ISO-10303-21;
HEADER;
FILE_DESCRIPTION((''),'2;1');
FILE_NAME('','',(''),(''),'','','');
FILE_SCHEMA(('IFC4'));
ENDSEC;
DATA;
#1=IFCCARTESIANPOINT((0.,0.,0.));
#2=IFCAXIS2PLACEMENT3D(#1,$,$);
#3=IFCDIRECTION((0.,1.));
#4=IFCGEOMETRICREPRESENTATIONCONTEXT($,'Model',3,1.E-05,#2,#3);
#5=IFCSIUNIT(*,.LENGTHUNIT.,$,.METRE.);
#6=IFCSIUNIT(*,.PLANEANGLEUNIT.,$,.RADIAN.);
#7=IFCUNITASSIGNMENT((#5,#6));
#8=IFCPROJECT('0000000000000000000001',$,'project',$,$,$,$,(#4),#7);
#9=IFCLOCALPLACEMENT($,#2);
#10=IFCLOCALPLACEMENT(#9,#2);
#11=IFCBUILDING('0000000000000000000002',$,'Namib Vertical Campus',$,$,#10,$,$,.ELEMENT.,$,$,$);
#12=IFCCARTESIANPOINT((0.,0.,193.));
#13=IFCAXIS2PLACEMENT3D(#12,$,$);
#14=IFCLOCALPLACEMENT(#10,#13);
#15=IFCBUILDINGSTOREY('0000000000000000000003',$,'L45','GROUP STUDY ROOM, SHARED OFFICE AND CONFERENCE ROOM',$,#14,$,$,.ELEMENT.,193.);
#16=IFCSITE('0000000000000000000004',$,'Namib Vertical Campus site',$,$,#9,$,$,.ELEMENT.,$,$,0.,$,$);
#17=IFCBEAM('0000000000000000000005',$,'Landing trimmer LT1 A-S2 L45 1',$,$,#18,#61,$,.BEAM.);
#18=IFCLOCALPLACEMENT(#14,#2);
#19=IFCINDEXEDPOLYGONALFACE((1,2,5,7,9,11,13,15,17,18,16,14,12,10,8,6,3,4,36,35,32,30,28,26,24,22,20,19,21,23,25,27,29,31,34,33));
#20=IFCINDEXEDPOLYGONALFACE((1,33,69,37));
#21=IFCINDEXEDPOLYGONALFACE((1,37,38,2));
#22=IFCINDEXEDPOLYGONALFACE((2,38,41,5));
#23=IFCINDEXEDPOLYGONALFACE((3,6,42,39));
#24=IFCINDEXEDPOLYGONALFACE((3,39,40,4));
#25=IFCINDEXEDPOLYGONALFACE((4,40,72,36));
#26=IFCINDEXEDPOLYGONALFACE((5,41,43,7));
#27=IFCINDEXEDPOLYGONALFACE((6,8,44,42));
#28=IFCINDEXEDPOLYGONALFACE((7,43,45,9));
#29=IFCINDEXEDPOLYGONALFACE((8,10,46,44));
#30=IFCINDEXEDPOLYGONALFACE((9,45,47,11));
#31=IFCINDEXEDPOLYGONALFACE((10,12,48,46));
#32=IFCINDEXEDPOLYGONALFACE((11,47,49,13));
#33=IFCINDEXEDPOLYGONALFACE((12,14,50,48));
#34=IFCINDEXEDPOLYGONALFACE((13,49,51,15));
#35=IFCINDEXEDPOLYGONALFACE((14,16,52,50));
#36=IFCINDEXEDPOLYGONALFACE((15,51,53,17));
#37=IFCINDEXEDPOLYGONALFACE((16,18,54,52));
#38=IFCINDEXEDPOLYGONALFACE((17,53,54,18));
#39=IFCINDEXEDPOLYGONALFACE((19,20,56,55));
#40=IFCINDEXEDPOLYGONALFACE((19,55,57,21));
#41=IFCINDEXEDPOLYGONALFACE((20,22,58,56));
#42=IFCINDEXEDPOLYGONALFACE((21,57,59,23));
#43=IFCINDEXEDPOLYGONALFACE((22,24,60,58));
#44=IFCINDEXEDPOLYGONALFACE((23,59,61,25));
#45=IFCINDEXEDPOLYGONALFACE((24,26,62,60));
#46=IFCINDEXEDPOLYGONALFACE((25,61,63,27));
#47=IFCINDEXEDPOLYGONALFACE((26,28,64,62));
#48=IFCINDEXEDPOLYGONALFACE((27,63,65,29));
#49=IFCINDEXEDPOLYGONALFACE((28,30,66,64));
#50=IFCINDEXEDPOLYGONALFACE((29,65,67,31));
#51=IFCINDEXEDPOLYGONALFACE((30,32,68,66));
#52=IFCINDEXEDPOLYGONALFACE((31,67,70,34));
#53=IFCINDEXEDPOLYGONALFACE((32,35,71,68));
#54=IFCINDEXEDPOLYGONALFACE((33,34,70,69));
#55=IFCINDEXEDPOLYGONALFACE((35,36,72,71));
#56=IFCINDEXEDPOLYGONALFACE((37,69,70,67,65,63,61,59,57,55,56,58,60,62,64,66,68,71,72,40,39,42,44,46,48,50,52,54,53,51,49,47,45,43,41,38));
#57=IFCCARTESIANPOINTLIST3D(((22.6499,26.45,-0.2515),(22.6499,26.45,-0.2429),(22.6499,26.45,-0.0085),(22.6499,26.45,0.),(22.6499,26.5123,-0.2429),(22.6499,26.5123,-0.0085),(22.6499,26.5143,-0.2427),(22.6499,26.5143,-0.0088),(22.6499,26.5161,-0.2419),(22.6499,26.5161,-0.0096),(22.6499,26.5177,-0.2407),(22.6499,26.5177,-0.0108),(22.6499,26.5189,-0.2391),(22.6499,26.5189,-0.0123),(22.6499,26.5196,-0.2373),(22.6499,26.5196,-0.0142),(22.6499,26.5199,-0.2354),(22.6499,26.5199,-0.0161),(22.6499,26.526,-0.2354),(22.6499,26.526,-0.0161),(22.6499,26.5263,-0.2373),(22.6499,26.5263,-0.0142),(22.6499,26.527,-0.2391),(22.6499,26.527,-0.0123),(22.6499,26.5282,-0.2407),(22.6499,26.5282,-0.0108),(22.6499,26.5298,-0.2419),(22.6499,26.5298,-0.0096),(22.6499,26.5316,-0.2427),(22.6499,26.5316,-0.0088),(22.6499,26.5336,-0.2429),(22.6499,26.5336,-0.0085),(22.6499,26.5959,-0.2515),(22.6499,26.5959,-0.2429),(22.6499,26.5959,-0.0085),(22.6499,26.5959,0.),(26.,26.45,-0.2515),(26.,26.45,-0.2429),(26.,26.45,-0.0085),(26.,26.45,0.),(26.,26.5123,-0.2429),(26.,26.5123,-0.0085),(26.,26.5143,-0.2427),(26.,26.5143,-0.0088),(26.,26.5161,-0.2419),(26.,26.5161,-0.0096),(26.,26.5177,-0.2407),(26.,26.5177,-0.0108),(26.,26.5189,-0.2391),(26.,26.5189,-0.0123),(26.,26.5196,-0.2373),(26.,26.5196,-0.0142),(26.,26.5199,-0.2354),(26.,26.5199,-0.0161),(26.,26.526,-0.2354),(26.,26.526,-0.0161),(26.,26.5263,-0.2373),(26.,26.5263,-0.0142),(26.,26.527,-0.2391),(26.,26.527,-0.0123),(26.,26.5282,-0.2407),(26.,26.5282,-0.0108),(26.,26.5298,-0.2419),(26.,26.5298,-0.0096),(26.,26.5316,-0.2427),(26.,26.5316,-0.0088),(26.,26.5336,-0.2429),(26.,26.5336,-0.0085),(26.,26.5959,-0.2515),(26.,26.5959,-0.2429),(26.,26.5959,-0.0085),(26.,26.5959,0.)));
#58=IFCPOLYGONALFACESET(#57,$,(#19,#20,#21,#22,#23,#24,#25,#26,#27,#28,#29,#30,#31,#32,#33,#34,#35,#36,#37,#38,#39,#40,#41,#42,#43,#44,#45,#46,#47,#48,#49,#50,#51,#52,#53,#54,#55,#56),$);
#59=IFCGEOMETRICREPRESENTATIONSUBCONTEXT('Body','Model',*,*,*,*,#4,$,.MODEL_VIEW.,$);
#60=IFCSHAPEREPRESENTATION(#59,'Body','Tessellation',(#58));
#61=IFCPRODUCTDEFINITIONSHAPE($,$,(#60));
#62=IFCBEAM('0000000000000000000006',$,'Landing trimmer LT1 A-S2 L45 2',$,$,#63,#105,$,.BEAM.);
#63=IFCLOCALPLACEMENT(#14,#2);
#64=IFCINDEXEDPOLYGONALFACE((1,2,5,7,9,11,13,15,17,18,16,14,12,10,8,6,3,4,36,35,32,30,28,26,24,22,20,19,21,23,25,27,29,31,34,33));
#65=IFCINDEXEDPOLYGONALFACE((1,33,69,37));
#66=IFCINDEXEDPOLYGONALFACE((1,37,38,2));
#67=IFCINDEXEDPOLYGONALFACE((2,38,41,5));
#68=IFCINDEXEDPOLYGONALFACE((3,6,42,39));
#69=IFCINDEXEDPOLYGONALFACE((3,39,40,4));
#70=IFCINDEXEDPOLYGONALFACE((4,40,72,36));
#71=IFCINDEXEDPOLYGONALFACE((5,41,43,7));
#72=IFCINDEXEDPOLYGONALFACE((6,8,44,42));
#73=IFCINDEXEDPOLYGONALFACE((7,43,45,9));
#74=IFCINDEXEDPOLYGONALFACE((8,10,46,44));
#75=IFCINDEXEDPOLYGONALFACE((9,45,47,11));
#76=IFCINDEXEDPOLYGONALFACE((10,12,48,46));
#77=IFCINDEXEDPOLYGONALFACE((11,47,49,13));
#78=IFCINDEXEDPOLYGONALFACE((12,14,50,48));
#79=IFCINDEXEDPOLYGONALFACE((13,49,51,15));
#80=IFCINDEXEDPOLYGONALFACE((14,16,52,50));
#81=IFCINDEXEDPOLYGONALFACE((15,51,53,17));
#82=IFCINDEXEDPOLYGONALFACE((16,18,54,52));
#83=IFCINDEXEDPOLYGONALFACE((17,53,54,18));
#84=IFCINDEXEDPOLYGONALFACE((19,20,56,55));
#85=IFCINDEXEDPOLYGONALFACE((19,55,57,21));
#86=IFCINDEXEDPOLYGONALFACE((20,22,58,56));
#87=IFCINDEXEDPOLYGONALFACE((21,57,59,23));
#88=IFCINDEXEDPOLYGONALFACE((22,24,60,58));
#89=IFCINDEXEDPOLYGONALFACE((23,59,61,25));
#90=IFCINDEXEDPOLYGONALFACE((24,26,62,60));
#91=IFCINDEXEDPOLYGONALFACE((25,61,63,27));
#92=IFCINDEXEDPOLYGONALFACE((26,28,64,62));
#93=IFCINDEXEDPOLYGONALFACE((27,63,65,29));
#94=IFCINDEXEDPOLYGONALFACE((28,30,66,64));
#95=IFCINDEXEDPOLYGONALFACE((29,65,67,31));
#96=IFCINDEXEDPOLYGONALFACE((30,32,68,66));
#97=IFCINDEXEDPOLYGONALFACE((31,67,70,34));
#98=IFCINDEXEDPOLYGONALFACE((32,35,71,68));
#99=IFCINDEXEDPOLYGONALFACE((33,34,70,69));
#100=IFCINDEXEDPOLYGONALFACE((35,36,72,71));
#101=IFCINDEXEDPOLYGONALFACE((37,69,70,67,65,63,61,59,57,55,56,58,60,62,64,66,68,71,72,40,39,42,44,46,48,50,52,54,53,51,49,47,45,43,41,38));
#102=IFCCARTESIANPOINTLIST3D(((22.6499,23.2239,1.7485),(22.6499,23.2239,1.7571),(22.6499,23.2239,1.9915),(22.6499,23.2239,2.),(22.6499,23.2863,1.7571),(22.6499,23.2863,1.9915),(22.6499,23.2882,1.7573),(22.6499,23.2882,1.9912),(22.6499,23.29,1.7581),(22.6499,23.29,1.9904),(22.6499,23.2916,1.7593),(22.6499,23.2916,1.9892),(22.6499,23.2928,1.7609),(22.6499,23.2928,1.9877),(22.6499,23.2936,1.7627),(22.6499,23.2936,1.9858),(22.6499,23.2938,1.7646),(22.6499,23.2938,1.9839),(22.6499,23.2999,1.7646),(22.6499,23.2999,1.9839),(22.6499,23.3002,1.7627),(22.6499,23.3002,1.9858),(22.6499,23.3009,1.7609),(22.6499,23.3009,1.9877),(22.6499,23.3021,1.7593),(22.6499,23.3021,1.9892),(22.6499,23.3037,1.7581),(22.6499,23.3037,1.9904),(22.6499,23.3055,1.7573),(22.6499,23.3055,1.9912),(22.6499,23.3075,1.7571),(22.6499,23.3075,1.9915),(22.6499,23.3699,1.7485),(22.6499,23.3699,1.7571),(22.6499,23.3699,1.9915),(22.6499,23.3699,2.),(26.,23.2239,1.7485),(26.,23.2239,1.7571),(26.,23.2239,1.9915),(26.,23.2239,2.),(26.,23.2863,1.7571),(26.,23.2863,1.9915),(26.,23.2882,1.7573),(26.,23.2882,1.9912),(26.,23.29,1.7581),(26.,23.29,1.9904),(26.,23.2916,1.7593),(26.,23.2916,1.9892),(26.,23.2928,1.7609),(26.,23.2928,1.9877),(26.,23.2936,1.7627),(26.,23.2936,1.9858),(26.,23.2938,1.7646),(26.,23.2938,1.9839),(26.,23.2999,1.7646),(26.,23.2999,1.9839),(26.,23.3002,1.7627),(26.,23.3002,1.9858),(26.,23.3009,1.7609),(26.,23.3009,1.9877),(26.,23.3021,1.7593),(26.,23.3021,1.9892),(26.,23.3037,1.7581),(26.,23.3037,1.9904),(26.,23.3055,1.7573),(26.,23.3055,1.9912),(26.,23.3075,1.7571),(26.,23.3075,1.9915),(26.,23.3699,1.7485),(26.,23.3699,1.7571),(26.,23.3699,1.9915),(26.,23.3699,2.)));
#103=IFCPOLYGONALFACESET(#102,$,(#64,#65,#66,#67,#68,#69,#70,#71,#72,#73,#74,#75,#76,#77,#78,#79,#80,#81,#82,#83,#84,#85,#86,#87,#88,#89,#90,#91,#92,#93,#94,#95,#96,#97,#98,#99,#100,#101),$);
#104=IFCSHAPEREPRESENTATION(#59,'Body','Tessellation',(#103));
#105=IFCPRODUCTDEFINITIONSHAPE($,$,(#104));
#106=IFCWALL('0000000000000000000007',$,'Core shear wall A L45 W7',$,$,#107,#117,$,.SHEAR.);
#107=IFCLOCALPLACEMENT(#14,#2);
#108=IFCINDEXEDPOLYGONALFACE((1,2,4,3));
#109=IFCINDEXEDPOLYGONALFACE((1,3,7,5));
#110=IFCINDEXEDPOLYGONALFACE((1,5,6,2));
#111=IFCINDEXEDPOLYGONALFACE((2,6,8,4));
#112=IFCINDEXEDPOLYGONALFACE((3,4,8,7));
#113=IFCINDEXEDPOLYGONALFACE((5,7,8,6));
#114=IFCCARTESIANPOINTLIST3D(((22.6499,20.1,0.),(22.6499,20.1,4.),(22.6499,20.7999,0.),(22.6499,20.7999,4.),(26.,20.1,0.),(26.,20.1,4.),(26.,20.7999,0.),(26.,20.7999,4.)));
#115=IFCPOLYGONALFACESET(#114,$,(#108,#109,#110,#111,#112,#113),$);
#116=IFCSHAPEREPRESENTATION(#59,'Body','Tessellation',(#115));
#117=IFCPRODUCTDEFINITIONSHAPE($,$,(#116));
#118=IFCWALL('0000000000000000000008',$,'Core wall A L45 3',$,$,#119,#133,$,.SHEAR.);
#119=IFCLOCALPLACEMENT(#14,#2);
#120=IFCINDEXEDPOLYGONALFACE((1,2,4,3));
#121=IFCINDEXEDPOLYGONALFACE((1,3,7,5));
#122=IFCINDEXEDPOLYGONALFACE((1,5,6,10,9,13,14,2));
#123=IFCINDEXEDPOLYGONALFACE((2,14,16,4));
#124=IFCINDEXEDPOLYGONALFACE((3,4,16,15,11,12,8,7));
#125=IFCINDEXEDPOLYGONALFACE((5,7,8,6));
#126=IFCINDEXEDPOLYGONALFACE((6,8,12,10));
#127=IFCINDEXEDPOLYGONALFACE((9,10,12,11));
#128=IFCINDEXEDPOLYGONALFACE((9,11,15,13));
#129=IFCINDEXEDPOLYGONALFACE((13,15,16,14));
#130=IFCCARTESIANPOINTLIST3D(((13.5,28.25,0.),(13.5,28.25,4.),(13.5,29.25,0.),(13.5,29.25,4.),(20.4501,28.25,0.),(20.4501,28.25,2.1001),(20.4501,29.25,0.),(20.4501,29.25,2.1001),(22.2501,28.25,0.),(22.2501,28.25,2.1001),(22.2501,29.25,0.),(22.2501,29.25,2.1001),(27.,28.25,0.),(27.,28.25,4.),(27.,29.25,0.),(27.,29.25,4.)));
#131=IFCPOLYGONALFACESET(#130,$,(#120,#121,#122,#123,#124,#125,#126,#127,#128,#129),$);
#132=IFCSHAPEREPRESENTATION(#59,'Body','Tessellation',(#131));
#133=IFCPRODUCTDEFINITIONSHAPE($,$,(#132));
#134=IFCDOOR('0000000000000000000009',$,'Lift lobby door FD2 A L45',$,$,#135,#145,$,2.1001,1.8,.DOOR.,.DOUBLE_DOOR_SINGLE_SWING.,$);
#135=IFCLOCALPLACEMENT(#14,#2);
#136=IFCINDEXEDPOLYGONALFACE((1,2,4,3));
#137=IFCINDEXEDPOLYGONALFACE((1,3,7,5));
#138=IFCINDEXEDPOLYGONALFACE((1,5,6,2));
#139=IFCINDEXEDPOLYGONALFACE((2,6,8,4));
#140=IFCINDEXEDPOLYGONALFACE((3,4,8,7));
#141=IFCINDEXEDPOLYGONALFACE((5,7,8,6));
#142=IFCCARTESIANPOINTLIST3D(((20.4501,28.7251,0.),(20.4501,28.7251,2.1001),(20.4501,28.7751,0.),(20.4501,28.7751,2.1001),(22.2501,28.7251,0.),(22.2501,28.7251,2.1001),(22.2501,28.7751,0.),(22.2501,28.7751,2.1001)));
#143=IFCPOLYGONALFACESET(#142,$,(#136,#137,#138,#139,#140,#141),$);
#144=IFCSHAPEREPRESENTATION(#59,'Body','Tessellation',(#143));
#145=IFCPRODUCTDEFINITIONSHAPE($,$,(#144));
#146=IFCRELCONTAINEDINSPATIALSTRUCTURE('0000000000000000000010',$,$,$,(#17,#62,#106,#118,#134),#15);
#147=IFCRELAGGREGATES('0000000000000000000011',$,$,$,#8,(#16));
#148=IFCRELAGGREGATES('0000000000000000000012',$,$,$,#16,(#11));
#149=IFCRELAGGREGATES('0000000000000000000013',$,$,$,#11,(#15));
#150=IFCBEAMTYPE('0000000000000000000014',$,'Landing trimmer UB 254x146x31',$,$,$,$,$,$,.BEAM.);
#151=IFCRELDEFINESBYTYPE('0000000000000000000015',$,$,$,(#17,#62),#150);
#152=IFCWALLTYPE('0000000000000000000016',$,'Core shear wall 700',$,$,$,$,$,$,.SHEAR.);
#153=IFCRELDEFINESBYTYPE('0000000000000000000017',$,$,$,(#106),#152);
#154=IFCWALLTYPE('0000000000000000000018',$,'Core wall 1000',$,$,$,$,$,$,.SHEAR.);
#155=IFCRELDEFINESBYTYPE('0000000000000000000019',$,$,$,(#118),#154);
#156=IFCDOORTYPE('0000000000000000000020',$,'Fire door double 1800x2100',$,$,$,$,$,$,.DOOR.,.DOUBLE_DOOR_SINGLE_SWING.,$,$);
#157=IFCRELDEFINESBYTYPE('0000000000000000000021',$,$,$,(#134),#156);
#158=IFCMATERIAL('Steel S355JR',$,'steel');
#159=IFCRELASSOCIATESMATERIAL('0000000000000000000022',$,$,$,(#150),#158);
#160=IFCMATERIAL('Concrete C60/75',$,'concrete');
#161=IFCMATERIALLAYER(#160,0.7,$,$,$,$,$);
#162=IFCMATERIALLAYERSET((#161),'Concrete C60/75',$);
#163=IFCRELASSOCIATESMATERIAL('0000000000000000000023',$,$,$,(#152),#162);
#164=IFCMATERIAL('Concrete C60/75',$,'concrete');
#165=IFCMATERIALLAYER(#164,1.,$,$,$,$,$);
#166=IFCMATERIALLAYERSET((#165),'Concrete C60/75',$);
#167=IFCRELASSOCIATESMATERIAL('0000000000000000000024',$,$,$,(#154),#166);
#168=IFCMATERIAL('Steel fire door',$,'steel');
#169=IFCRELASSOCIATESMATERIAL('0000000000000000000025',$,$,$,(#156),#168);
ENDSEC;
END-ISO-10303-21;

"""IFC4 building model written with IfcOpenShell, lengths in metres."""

from ifc_helpers import new_model, si_unit, direction, frame, frame_2d, origin, origin_2d, place, context, subcontext, project, spatial, rectangle, i_section, extrude, material, layer, layer_set, material_profile, profile_set, type_object, element, fill, save


model = new_model("IFC4")

# Units and contexts
model_context = context("Model", 3, precision=1e-05, world=origin(), true_north=direction((0.0, 1.0)))
body_context = subcontext(model_context, "Body", "Model", "MODEL_VIEW")
ifc_project = project(units=[si_unit("LENGTHUNIT", "METRE"), si_unit("PLANEANGLEUNIT", "RADIAN")], contexts=[model_context])

# Site, building, storey
site_placement = place(None, origin())
site = spatial("IfcSite", under=ifc_project, at=site_placement, Name="Namib Vertical Campus site", CompositionType="ELEMENT", RefElevation=0.0)
building_placement = place(site_placement, origin())
building = spatial("IfcBuilding", under=site, at=building_placement, Name="Namib Vertical Campus", CompositionType="ELEMENT")
storey_placement = place(building_placement, frame((0.0, 0.0, 193.0)))
storey = spatial("IfcBuildingStorey", under=building, at=storey_placement, Name="L45", Description="GROUP STUDY ROOM, SHARED OFFICE AND CONFERENCE ROOM", CompositionType="ELEMENT", Elevation=193.0)

# Beams
ifc_material_1 = material(Name="Steel S355JR", Category="steel")
ifc_material_profile = material_profile(ifc_material_1, i_section(OverallWidth=0.146, OverallDepth=0.2515, WebThickness=0.0061, FlangeThickness=0.0085, FilletRadius=0.0076, at=origin_2d()))
ifc_profile_set = profile_set([ifc_material_profile], Name="Steel S355JR")
beam_type = type_object("IfcBeamType", Name="Landing trimmer UB 254x146x31", PredefinedType="BEAM", material=ifc_profile_set)
for number, where, z_axis, x_axis, name in (
    (1, (22.6499, 26.5229, -0.1257), (1.0, 0.0, 0.0), (0.0, 1.0, 0.0), "Landing trimmer LT1 A-S2 L45 1"),
    (2, (22.6499, 23.2969, 1.8743), (1.0, 0.0, 0.0), (0.0, 1.0, 0.0), "Landing trimmer LT1 A-S2 L45 2"),
):
    element("IfcBeam", number, at=place(storey_placement, frame(where, z_axis=z_axis, x_axis=x_axis)), inside=storey, type_object=beam_type, Name=name, PredefinedType="BEAM", context=body_context, shape_type="SweptSolid", body=[
        extrude(i_section(OverallWidth=0.146, OverallDepth=0.2515, WebThickness=0.0061, FlangeThickness=0.0085, FilletRadius=0.0076, at=origin_2d()), origin(), (0.0, 0.0, 1.0), 3.3501),
    ])

# Wall
ifc_material_2 = material(Name="Concrete C60/75", Category="concrete")
ifc_layer_1 = layer(ifc_material_2, 0.7)
ifc_layer_set_1 = layer_set([ifc_layer_1], Name="Concrete C60/75")
wall_type_1 = type_object("IfcWallType", Name="Core shear wall 700", PredefinedType="SHEAR", material=ifc_layer_set_1)
wall_1_placement = place(storey_placement, frame((22.6499, 20.45, 0.0), z_axis=(0.0, 0.0, 1.0), x_axis=(1.0, 0.0, 0.0)))
element("IfcWall", 3, at=wall_1_placement, inside=storey, type_object=wall_type_1, Name="Core shear wall A L45 W7", PredefinedType="SHEAR", context=body_context, shape_type="SweptSolid", body=[
    extrude(rectangle(XDim=3.3501, YDim=0.7, at=frame_2d((1.675, 0.0))), origin(), (0.0, 0.0, 1.0), 4.0),
])

# Wall, opening, door
ifc_material_3 = material(Name="Concrete C60/75", Category="concrete")
ifc_layer_2 = layer(ifc_material_3, 1.0)
ifc_layer_set_2 = layer_set([ifc_layer_2], Name="Concrete C60/75")
wall_type_2 = type_object("IfcWallType", Name="Core wall 1000", PredefinedType="SHEAR", material=ifc_layer_set_2)
wall_2_placement = place(storey_placement, frame((27.0, 28.75, 0.0), z_axis=(0.0, 0.0, 1.0), x_axis=(-1.0, 0.0, 0.0)))
wall_2 = element("IfcWall", 4, at=wall_2_placement, inside=storey, type_object=wall_type_2, Name="Core wall A L45 3", PredefinedType="SHEAR", context=body_context, shape_type="SweptSolid", body=[
    extrude(rectangle(XDim=13.5, YDim=1.0, at=frame_2d((6.75, 0.0))), origin(), (0.0, 0.0, 1.0), 4.0),
])
opening_1_placement = place(wall_2_placement, frame((4.75, 0.0, 0.0)))
opening_1 = element("IfcOpeningElement", 5, at=opening_1_placement, cuts=wall_2, PredefinedType="OPENING", context=body_context, shape_type="SweptSolid", body=[
    extrude(rectangle(XDim=1.8, YDim=2.1001, at=frame_2d((0.8999, 1.05))), frame((0.0, 0.51, 0.0), z_axis=(0.0, -1.0, 0.0), x_axis=(1.0, 0.0, 0.0)), (0.0, 0.0, 1.0), 1.02),
])
ifc_material_4 = material(Name="Steel fire door", Category="steel")
door_type_1 = type_object("IfcDoorType", Name="Fire door double 1800x2100", OperationType="DOUBLE_DOOR_SINGLE_SWING", PredefinedType="DOOR", material=ifc_material_4)
door_1_placement = place(opening_1_placement, origin())
door_1 = element("IfcDoor", 6, at=door_1_placement, inside=storey, type_object=door_type_1, Name="Lift lobby door FD2 A L45", OperationType="DOUBLE_DOOR_SINGLE_SWING", OverallHeight=2.1001, OverallWidth=1.8, PredefinedType="DOOR", context=body_context, shape_type="SweptSolid", body=[
    extrude(rectangle(XDim=1.8, YDim=2.1001, at=frame_2d((0.8999, 1.05))), frame((0.0, 0.0249, 0.0), z_axis=(0.0, -1.0, 0.0), x_axis=(1.0, 0.0, 0.0)), (0.0, 0.0, 1.0), 0.05),
])
fill(opening_1, door_1)

save(model, "model.ifc")
